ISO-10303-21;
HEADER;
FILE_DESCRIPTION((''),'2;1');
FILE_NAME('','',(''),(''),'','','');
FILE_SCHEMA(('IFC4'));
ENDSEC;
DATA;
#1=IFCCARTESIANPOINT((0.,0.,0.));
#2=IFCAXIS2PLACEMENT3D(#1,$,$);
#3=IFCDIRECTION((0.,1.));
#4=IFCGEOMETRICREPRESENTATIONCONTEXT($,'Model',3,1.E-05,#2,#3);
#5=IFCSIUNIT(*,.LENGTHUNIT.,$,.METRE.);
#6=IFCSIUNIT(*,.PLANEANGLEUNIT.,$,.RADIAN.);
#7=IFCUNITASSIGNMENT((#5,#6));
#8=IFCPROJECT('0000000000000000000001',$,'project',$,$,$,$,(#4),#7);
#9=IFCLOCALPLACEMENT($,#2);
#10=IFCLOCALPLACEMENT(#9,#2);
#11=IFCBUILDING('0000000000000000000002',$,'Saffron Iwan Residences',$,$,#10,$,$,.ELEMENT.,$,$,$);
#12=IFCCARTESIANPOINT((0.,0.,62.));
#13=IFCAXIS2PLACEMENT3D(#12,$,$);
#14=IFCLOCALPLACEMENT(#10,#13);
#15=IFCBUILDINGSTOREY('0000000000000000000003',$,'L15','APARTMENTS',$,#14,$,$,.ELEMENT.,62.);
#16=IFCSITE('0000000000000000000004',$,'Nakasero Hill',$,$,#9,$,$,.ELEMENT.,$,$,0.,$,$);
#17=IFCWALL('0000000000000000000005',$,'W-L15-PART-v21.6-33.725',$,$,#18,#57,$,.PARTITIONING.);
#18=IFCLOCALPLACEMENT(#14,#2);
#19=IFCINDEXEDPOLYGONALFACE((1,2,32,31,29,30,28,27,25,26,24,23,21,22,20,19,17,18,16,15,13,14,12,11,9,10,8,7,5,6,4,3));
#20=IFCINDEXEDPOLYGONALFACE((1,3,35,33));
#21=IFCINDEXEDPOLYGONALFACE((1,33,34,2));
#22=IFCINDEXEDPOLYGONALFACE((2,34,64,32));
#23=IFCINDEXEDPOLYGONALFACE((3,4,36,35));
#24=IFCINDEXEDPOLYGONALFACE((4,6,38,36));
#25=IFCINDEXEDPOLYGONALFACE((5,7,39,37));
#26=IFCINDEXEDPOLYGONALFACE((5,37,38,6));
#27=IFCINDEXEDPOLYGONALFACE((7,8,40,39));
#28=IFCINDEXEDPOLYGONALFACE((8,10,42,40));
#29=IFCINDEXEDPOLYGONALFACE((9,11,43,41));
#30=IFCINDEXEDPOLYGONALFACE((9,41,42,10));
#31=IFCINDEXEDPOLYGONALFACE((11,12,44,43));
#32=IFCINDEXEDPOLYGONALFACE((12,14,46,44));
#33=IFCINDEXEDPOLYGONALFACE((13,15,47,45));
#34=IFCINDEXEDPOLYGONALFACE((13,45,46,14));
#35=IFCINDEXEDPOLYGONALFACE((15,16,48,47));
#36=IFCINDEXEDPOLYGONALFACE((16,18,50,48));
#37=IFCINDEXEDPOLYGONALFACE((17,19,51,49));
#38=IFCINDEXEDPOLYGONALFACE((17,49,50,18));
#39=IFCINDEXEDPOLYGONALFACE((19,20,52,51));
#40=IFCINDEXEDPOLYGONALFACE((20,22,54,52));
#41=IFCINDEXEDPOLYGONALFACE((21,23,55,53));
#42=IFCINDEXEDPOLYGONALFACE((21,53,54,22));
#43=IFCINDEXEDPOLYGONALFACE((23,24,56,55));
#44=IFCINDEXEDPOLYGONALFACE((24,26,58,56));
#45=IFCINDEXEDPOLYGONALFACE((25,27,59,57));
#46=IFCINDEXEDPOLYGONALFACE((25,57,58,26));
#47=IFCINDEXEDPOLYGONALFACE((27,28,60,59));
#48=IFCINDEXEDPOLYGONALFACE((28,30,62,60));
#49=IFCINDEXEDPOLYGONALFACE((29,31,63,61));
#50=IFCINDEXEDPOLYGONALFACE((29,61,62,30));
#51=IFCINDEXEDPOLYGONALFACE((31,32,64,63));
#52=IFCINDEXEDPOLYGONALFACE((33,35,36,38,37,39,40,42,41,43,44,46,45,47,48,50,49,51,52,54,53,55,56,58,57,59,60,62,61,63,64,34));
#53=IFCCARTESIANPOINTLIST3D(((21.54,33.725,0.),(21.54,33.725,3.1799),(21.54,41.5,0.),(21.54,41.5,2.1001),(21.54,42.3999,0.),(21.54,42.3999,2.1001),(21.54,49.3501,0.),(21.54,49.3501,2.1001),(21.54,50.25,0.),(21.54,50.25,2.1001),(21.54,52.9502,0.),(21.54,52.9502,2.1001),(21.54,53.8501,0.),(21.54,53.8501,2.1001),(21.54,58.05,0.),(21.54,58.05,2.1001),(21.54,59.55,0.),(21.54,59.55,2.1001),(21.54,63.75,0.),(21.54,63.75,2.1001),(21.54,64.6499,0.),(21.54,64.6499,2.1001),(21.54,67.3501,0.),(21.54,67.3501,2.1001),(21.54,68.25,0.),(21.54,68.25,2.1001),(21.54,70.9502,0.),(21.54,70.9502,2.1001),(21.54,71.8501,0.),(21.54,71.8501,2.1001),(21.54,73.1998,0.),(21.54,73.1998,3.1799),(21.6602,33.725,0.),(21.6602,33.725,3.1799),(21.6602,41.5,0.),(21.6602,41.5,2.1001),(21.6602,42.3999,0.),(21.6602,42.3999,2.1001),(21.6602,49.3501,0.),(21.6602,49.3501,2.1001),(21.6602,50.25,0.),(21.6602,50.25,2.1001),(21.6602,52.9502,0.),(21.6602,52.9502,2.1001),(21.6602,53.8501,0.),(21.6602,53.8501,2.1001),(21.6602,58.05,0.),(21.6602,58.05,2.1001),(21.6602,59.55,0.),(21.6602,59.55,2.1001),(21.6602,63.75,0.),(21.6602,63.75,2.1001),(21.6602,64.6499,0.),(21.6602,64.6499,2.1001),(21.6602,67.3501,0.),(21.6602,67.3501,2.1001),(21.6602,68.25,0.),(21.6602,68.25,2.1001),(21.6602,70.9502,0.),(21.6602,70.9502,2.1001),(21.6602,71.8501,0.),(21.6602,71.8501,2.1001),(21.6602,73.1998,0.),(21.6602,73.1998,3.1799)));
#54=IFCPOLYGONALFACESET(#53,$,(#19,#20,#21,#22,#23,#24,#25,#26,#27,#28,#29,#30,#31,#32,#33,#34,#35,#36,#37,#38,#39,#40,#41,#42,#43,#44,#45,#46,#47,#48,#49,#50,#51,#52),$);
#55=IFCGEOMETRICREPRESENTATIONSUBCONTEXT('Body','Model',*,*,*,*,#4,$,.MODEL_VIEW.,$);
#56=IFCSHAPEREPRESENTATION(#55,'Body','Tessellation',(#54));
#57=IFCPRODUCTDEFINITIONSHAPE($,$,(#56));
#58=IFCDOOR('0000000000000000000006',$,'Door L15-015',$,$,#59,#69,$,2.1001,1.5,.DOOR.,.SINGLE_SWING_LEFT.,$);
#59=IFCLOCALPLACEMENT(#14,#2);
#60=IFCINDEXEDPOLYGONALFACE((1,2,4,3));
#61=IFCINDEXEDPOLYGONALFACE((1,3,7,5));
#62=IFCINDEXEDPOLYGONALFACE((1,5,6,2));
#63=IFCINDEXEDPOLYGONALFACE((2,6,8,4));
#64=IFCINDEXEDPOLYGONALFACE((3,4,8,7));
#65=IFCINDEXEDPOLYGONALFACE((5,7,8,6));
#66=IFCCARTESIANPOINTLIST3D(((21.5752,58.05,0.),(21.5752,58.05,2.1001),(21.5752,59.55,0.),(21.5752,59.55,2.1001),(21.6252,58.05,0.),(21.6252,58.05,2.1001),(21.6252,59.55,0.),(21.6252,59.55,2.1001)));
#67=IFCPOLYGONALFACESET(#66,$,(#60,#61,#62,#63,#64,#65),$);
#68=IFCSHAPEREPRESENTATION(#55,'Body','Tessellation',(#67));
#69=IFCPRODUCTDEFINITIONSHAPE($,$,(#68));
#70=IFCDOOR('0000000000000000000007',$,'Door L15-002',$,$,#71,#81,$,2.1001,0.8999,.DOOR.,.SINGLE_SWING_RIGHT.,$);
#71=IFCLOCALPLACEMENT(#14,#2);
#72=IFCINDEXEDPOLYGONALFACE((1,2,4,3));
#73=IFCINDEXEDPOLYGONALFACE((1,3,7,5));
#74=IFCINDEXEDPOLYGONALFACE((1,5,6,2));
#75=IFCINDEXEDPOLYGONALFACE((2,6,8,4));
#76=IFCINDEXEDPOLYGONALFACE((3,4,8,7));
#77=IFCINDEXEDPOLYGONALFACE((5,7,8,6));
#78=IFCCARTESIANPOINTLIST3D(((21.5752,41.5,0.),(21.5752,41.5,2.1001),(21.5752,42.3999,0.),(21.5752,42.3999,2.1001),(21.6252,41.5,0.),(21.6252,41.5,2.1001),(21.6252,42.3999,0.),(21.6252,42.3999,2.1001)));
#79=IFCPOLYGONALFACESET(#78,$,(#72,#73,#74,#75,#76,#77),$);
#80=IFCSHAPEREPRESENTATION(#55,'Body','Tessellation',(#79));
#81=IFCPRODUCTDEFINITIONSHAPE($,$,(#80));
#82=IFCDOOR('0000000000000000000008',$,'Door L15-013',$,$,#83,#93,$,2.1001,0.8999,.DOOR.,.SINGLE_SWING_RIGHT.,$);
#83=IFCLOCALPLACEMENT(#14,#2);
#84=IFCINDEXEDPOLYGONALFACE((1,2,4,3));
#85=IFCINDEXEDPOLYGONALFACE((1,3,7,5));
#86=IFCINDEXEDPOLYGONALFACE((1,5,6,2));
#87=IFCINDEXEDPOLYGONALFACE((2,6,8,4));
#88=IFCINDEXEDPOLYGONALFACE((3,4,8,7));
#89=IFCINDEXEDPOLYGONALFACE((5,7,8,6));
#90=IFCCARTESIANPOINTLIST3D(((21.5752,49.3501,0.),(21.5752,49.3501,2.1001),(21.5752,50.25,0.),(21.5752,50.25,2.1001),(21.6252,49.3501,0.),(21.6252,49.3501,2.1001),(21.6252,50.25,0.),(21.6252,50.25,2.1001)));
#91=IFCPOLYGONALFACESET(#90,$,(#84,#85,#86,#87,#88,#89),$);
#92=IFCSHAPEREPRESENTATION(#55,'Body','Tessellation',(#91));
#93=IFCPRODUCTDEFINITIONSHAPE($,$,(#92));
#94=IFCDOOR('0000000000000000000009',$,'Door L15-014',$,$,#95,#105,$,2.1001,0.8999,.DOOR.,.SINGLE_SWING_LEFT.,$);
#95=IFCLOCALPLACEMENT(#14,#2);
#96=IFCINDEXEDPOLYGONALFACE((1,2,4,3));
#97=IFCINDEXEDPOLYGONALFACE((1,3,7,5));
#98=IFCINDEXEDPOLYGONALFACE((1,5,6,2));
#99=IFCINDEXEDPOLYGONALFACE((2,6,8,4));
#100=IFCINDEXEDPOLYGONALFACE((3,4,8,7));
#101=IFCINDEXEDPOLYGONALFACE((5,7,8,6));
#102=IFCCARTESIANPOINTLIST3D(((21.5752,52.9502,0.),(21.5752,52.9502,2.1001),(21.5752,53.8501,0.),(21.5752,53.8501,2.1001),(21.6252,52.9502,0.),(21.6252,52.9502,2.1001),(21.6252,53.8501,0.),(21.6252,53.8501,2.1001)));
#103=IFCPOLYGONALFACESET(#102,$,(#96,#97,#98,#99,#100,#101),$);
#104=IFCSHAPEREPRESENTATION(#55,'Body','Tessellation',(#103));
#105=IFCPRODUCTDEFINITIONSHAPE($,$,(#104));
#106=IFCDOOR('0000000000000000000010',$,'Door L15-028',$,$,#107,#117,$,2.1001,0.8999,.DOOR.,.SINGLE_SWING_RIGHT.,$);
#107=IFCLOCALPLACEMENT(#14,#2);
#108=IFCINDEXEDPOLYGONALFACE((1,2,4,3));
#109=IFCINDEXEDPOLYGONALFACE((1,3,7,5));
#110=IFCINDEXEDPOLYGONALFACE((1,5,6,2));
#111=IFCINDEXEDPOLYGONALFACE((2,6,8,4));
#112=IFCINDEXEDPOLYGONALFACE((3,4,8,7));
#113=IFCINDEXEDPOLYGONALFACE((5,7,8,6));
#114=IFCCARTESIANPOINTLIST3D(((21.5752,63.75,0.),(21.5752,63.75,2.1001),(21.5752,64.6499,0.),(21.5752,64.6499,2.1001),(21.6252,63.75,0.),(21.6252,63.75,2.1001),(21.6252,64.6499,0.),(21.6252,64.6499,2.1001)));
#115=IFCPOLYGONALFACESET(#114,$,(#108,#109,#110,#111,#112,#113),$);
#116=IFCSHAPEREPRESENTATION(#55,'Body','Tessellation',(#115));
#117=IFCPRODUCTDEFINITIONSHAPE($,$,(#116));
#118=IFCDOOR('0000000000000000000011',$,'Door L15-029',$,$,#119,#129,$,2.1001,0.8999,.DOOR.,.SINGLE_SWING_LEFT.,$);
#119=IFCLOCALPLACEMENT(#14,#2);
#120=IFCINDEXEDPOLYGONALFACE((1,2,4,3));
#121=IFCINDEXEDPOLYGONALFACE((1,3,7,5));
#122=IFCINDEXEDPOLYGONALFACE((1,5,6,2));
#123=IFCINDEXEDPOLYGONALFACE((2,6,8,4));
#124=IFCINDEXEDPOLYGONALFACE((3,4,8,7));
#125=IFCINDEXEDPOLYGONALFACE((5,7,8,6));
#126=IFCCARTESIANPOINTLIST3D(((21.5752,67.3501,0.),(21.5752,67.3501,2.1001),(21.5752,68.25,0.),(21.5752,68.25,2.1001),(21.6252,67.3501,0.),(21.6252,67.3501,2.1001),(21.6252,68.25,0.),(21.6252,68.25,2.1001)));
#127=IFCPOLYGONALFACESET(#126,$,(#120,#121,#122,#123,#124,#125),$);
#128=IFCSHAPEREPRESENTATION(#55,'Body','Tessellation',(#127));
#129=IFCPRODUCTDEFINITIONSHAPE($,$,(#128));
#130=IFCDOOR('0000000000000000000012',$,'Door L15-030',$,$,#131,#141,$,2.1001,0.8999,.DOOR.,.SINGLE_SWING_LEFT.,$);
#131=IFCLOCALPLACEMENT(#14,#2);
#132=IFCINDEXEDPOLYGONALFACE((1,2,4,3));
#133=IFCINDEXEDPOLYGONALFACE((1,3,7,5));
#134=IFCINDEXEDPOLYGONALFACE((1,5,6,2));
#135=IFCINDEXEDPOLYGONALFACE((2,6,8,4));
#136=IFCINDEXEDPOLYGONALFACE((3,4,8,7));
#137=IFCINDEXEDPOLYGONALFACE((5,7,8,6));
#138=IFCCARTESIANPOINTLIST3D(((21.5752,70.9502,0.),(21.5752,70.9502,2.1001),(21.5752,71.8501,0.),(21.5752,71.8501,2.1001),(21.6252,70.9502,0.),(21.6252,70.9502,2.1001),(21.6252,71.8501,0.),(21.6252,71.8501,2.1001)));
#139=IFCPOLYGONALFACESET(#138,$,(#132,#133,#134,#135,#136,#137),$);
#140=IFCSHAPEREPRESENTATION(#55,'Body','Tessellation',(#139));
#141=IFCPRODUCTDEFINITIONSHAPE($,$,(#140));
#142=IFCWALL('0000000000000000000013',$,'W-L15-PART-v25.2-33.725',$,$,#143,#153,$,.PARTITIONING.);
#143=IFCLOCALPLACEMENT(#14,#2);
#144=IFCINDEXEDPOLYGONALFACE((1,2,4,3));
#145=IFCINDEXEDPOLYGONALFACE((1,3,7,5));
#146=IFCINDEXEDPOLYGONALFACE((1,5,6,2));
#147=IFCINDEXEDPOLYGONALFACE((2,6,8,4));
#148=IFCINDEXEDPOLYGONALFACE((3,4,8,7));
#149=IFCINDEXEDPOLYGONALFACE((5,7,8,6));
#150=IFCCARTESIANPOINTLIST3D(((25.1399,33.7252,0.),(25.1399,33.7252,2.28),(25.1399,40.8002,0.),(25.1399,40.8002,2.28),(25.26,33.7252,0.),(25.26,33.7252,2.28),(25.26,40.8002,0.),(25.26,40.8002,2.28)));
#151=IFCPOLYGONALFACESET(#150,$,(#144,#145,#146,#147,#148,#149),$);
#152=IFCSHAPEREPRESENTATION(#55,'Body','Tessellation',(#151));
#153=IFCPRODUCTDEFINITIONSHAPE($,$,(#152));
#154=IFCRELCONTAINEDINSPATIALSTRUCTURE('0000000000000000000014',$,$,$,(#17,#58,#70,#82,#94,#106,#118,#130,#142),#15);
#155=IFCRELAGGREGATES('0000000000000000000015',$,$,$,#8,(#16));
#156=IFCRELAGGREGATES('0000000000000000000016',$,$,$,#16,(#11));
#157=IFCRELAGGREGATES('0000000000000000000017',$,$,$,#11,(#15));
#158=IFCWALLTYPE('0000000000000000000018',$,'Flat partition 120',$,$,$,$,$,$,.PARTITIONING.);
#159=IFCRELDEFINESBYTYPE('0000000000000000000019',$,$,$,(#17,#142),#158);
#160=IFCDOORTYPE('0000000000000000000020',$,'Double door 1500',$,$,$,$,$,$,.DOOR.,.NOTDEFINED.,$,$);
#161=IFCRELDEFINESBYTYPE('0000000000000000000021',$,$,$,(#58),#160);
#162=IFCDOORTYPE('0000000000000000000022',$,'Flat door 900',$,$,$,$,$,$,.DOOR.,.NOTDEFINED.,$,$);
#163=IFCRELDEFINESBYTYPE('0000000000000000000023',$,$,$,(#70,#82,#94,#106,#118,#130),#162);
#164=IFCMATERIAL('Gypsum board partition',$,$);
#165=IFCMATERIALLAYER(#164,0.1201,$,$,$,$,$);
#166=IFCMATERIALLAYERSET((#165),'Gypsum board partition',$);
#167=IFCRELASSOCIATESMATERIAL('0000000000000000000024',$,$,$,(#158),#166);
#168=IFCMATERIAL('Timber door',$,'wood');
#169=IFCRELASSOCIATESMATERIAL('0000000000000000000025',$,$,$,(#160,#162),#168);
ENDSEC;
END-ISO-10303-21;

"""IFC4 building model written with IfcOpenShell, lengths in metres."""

from ifc_helpers import new_model, si_unit, direction, frame, frame_2d, origin, place, context, subcontext, project, spatial, rectangle, extrude, material, layer, layer_set, type_object, element, fill, save


model = new_model("IFC4")

# Units and contexts
model_context = context("Model", 3, precision=1e-05, world=origin(), true_north=direction((0.0, 1.0)))
body_context = subcontext(model_context, "Body", "Model", "MODEL_VIEW")
ifc_project = project(units=[si_unit("LENGTHUNIT", "METRE"), si_unit("PLANEANGLEUNIT", "RADIAN")], contexts=[model_context])

# Site, building, storey
site_placement = place(None, origin())
site = spatial("IfcSite", under=ifc_project, at=site_placement, Name="Nakasero Hill", CompositionType="ELEMENT", RefElevation=0.0)
building_placement = place(site_placement, origin())
building = spatial("IfcBuilding", under=site, at=building_placement, Name="Saffron Iwan Residences", CompositionType="ELEMENT")
storey_placement = place(building_placement, frame((0.0, 0.0, 62.0)))
storey = spatial("IfcBuildingStorey", under=building, at=storey_placement, Name="L15", Description="APARTMENTS", CompositionType="ELEMENT", Elevation=62.0)

# Wall, openings, doors
ifc_material_1 = material(Name="Gypsum board partition")
ifc_layer_1 = layer(ifc_material_1, 0.1201)
ifc_layer_set_1 = layer_set([ifc_layer_1], Name="Gypsum board partition")
wall_type_1 = type_object("IfcWallType", Name="Flat partition 120", PredefinedType="PARTITIONING", material=ifc_layer_set_1)
wall_1_placement = place(storey_placement, frame((21.6001, 33.7251, 0.0), z_axis=(0.0, 0.0, 1.0), x_axis=(0.0, 1.0, 0.0)))
wall_1 = element("IfcWall", 1, at=wall_1_placement, inside=storey, type_object=wall_type_1, Name="W-L15-PART-v21.6-33.725", PredefinedType="PARTITIONING", context=body_context, shape_type="SweptSolid", body=[
    extrude(rectangle(XDim=39.4749, YDim=0.1201, at=frame_2d((19.7373, 0.0))), origin(), (0.0, 0.0, 1.0), 3.1799),
])
opening_1_placement = place(wall_1_placement, frame((7.7749, 0.0, 0.0)))
opening_1 = element("IfcOpeningElement", 2, at=opening_1_placement, cuts=wall_1, PredefinedType="OPENING", context=body_context, shape_type="SweptSolid", body=[
    extrude(rectangle(XDim=0.8999, YDim=2.1001, at=frame_2d((0.45, 1.05))), frame((0.0, 0.0701, 0.0), z_axis=(0.0, -1.0, 0.0), x_axis=(1.0, 0.0, 0.0)), (0.0, 0.0, 1.0), 0.1401),
])
opening_2_placement = place(wall_1_placement, frame((15.625, 0.0, 0.0)))
opening_2 = element("IfcOpeningElement", 3, at=opening_2_placement, cuts=wall_1, PredefinedType="OPENING", context=body_context, shape_type="SweptSolid", body=[
    extrude(rectangle(XDim=0.8999, YDim=2.1001, at=frame_2d((0.45, 1.05))), frame((0.0, 0.0701, 0.0), z_axis=(0.0, -1.0, 0.0), x_axis=(1.0, 0.0, 0.0)), (0.0, 0.0, 1.0), 0.1401),
])
opening_3_placement = place(wall_1_placement, frame((19.2251, 0.0, 0.0)))
opening_3 = element("IfcOpeningElement", 4, at=opening_3_placement, cuts=wall_1, PredefinedType="OPENING", context=body_context, shape_type="SweptSolid", body=[
    extrude(rectangle(XDim=0.8999, YDim=2.1001, at=frame_2d((0.45, 1.05))), frame((0.0, 0.0701, 0.0), z_axis=(0.0, -1.0, 0.0), x_axis=(1.0, 0.0, 0.0)), (0.0, 0.0, 1.0), 0.1401),
])
opening_4_placement = place(wall_1_placement, frame((24.325, 0.0, 0.0)))
opening_4 = element("IfcOpeningElement", 5, at=opening_4_placement, cuts=wall_1, PredefinedType="OPENING", context=body_context, shape_type="SweptSolid", body=[
    extrude(rectangle(XDim=1.5, YDim=2.1001, at=frame_2d((0.75, 1.05))), frame((0.0, 0.0701, 0.0), z_axis=(0.0, -1.0, 0.0), x_axis=(1.0, 0.0, 0.0)), (0.0, 0.0, 1.0), 0.1401),
])
opening_5_placement = place(wall_1_placement, frame((30.0249, 0.0, 0.0)))
opening_5 = element("IfcOpeningElement", 6, at=opening_5_placement, cuts=wall_1, PredefinedType="OPENING", context=body_context, shape_type="SweptSolid", body=[
    extrude(rectangle(XDim=0.8999, YDim=2.1001, at=frame_2d((0.45, 1.05))), frame((0.0, 0.0701, 0.0), z_axis=(0.0, -1.0, 0.0), x_axis=(1.0, 0.0, 0.0)), (0.0, 0.0, 1.0), 0.1401),
])
opening_6_placement = place(wall_1_placement, frame((33.625, 0.0, 0.0)))
opening_6 = element("IfcOpeningElement", 7, at=opening_6_placement, cuts=wall_1, PredefinedType="OPENING", context=body_context, shape_type="SweptSolid", body=[
    extrude(rectangle(XDim=0.8999, YDim=2.1001, at=frame_2d((0.45, 1.05))), frame((0.0, 0.0701, 0.0), z_axis=(0.0, -1.0, 0.0), x_axis=(1.0, 0.0, 0.0)), (0.0, 0.0, 1.0), 0.1401),
])
opening_7_placement = place(wall_1_placement, frame((37.2251, 0.0, 0.0)))
opening_7 = element("IfcOpeningElement", 8, at=opening_7_placement, cuts=wall_1, PredefinedType="OPENING", context=body_context, shape_type="SweptSolid", body=[
    extrude(rectangle(XDim=0.8999, YDim=2.1001, at=frame_2d((0.45, 1.05))), frame((0.0, 0.0701, 0.0), z_axis=(0.0, -1.0, 0.0), x_axis=(1.0, 0.0, 0.0)), (0.0, 0.0, 1.0), 0.1401),
])
ifc_material_2 = material(Name="Timber door", Category="wood")
door_type_1 = type_object("IfcDoorType", Name="Double door 1500", OperationType="NOTDEFINED", PredefinedType="DOOR", material=ifc_material_2)
door_1_placement = place(opening_4_placement, origin())
door_1 = element("IfcDoor", 9, at=door_1_placement, inside=storey, type_object=door_type_1, Name="Door L15-015", OperationType="SINGLE_SWING_LEFT", OverallHeight=2.1001, OverallWidth=1.5, PredefinedType="DOOR", context=body_context, shape_type="SweptSolid", body=[
    extrude(rectangle(XDim=1.5, YDim=2.1001, at=frame_2d((0.75, 1.05))), frame((0.0, 0.0249, 0.0), z_axis=(0.0, -1.0, 0.0), x_axis=(1.0, 0.0, 0.0)), (0.0, 0.0, 1.0), 0.05),
])
fill(opening_4, door_1)
door_type_2 = type_object("IfcDoorType", Name="Flat door 900", OperationType="NOTDEFINED", PredefinedType="DOOR", material=ifc_material_2)
door_2_placement = place(opening_1_placement, origin())
door_2 = element("IfcDoor", 10, at=door_2_placement, inside=storey, type_object=door_type_2, Name="Door L15-002", OperationType="SINGLE_SWING_RIGHT", OverallHeight=2.1001, OverallWidth=0.8999, PredefinedType="DOOR", context=body_context, shape_type="SweptSolid", body=[
    extrude(rectangle(XDim=0.8999, YDim=2.1001, at=frame_2d((0.45, 1.05))), frame((0.0, 0.0249, 0.0), z_axis=(0.0, -1.0, 0.0), x_axis=(1.0, 0.0, 0.0)), (0.0, 0.0, 1.0), 0.05),
])
fill(opening_1, door_2)
door_3_placement = place(opening_2_placement, origin())
door_3 = element("IfcDoor", 11, at=door_3_placement, inside=storey, type_object=door_type_2, Name="Door L15-013", OperationType="SINGLE_SWING_RIGHT", OverallHeight=2.1001, OverallWidth=0.8999, PredefinedType="DOOR", context=body_context, shape_type="SweptSolid", body=[
    extrude(rectangle(XDim=0.8999, YDim=2.1001, at=frame_2d((0.45, 1.05))), frame((0.0, 0.0249, 0.0), z_axis=(0.0, -1.0, 0.0), x_axis=(1.0, 0.0, 0.0)), (0.0, 0.0, 1.0), 0.05),
])
fill(opening_2, door_3)
door_4_placement = place(opening_3_placement, origin())
door_4 = element("IfcDoor", 12, at=door_4_placement, inside=storey, type_object=door_type_2, Name="Door L15-014", OperationType="SINGLE_SWING_LEFT", OverallHeight=2.1001, OverallWidth=0.8999, PredefinedType="DOOR", context=body_context, shape_type="SweptSolid", body=[
    extrude(rectangle(XDim=0.8999, YDim=2.1001, at=frame_2d((0.45, 1.05))), frame((0.0, 0.0249, 0.0), z_axis=(0.0, -1.0, 0.0), x_axis=(1.0, 0.0, 0.0)), (0.0, 0.0, 1.0), 0.05),
])
fill(opening_3, door_4)
door_5_placement = place(opening_5_placement, origin())
door_5 = element("IfcDoor", 13, at=door_5_placement, inside=storey, type_object=door_type_2, Name="Door L15-028", OperationType="SINGLE_SWING_RIGHT", OverallHeight=2.1001, OverallWidth=0.8999, PredefinedType="DOOR", context=body_context, shape_type="SweptSolid", body=[
    extrude(rectangle(XDim=0.8999, YDim=2.1001, at=frame_2d((0.45, 1.05))), frame((0.0, 0.0249, 0.0), z_axis=(0.0, -1.0, 0.0), x_axis=(1.0, 0.0, 0.0)), (0.0, 0.0, 1.0), 0.05),
])
fill(opening_5, door_5)
door_6_placement = place(opening_6_placement, origin())
door_6 = element("IfcDoor", 14, at=door_6_placement, inside=storey, type_object=door_type_2, Name="Door L15-029", OperationType="SINGLE_SWING_LEFT", OverallHeight=2.1001, OverallWidth=0.8999, PredefinedType="DOOR", context=body_context, shape_type="SweptSolid", body=[
    extrude(rectangle(XDim=0.8999, YDim=2.1001, at=frame_2d((0.45, 1.05))), frame((0.0, 0.0249, 0.0), z_axis=(0.0, -1.0, 0.0), x_axis=(1.0, 0.0, 0.0)), (0.0, 0.0, 1.0), 0.05),
])
fill(opening_6, door_6)
door_7_placement = place(opening_7_placement, origin())
door_7 = element("IfcDoor", 15, at=door_7_placement, inside=storey, type_object=door_type_2, Name="Door L15-030", OperationType="SINGLE_SWING_LEFT", OverallHeight=2.1001, OverallWidth=0.8999, PredefinedType="DOOR", context=body_context, shape_type="SweptSolid", body=[
    extrude(rectangle(XDim=0.8999, YDim=2.1001, at=frame_2d((0.45, 1.05))), frame((0.0, 0.0249, 0.0), z_axis=(0.0, -1.0, 0.0), x_axis=(1.0, 0.0, 0.0)), (0.0, 0.0, 1.0), 0.05),
])
fill(opening_7, door_7)

# Wall
wall_2_placement = place(storey_placement, frame((25.2, 33.7251, 0.0), z_axis=(0.0, 0.0, 1.0), x_axis=(0.0, 1.0, 0.0)))
element("IfcWall", 16, at=wall_2_placement, inside=storey, type_object=wall_type_1, Name="W-L15-PART-v25.2-33.725", PredefinedType="PARTITIONING", context=body_context, shape_type="SweptSolid", body=[
    extrude(rectangle(XDim=7.075, YDim=0.1201, at=frame_2d((3.5376, 0.0))), origin(), (0.0, 0.0, 1.0), 2.28),
])

save(model, "model.ifc")
